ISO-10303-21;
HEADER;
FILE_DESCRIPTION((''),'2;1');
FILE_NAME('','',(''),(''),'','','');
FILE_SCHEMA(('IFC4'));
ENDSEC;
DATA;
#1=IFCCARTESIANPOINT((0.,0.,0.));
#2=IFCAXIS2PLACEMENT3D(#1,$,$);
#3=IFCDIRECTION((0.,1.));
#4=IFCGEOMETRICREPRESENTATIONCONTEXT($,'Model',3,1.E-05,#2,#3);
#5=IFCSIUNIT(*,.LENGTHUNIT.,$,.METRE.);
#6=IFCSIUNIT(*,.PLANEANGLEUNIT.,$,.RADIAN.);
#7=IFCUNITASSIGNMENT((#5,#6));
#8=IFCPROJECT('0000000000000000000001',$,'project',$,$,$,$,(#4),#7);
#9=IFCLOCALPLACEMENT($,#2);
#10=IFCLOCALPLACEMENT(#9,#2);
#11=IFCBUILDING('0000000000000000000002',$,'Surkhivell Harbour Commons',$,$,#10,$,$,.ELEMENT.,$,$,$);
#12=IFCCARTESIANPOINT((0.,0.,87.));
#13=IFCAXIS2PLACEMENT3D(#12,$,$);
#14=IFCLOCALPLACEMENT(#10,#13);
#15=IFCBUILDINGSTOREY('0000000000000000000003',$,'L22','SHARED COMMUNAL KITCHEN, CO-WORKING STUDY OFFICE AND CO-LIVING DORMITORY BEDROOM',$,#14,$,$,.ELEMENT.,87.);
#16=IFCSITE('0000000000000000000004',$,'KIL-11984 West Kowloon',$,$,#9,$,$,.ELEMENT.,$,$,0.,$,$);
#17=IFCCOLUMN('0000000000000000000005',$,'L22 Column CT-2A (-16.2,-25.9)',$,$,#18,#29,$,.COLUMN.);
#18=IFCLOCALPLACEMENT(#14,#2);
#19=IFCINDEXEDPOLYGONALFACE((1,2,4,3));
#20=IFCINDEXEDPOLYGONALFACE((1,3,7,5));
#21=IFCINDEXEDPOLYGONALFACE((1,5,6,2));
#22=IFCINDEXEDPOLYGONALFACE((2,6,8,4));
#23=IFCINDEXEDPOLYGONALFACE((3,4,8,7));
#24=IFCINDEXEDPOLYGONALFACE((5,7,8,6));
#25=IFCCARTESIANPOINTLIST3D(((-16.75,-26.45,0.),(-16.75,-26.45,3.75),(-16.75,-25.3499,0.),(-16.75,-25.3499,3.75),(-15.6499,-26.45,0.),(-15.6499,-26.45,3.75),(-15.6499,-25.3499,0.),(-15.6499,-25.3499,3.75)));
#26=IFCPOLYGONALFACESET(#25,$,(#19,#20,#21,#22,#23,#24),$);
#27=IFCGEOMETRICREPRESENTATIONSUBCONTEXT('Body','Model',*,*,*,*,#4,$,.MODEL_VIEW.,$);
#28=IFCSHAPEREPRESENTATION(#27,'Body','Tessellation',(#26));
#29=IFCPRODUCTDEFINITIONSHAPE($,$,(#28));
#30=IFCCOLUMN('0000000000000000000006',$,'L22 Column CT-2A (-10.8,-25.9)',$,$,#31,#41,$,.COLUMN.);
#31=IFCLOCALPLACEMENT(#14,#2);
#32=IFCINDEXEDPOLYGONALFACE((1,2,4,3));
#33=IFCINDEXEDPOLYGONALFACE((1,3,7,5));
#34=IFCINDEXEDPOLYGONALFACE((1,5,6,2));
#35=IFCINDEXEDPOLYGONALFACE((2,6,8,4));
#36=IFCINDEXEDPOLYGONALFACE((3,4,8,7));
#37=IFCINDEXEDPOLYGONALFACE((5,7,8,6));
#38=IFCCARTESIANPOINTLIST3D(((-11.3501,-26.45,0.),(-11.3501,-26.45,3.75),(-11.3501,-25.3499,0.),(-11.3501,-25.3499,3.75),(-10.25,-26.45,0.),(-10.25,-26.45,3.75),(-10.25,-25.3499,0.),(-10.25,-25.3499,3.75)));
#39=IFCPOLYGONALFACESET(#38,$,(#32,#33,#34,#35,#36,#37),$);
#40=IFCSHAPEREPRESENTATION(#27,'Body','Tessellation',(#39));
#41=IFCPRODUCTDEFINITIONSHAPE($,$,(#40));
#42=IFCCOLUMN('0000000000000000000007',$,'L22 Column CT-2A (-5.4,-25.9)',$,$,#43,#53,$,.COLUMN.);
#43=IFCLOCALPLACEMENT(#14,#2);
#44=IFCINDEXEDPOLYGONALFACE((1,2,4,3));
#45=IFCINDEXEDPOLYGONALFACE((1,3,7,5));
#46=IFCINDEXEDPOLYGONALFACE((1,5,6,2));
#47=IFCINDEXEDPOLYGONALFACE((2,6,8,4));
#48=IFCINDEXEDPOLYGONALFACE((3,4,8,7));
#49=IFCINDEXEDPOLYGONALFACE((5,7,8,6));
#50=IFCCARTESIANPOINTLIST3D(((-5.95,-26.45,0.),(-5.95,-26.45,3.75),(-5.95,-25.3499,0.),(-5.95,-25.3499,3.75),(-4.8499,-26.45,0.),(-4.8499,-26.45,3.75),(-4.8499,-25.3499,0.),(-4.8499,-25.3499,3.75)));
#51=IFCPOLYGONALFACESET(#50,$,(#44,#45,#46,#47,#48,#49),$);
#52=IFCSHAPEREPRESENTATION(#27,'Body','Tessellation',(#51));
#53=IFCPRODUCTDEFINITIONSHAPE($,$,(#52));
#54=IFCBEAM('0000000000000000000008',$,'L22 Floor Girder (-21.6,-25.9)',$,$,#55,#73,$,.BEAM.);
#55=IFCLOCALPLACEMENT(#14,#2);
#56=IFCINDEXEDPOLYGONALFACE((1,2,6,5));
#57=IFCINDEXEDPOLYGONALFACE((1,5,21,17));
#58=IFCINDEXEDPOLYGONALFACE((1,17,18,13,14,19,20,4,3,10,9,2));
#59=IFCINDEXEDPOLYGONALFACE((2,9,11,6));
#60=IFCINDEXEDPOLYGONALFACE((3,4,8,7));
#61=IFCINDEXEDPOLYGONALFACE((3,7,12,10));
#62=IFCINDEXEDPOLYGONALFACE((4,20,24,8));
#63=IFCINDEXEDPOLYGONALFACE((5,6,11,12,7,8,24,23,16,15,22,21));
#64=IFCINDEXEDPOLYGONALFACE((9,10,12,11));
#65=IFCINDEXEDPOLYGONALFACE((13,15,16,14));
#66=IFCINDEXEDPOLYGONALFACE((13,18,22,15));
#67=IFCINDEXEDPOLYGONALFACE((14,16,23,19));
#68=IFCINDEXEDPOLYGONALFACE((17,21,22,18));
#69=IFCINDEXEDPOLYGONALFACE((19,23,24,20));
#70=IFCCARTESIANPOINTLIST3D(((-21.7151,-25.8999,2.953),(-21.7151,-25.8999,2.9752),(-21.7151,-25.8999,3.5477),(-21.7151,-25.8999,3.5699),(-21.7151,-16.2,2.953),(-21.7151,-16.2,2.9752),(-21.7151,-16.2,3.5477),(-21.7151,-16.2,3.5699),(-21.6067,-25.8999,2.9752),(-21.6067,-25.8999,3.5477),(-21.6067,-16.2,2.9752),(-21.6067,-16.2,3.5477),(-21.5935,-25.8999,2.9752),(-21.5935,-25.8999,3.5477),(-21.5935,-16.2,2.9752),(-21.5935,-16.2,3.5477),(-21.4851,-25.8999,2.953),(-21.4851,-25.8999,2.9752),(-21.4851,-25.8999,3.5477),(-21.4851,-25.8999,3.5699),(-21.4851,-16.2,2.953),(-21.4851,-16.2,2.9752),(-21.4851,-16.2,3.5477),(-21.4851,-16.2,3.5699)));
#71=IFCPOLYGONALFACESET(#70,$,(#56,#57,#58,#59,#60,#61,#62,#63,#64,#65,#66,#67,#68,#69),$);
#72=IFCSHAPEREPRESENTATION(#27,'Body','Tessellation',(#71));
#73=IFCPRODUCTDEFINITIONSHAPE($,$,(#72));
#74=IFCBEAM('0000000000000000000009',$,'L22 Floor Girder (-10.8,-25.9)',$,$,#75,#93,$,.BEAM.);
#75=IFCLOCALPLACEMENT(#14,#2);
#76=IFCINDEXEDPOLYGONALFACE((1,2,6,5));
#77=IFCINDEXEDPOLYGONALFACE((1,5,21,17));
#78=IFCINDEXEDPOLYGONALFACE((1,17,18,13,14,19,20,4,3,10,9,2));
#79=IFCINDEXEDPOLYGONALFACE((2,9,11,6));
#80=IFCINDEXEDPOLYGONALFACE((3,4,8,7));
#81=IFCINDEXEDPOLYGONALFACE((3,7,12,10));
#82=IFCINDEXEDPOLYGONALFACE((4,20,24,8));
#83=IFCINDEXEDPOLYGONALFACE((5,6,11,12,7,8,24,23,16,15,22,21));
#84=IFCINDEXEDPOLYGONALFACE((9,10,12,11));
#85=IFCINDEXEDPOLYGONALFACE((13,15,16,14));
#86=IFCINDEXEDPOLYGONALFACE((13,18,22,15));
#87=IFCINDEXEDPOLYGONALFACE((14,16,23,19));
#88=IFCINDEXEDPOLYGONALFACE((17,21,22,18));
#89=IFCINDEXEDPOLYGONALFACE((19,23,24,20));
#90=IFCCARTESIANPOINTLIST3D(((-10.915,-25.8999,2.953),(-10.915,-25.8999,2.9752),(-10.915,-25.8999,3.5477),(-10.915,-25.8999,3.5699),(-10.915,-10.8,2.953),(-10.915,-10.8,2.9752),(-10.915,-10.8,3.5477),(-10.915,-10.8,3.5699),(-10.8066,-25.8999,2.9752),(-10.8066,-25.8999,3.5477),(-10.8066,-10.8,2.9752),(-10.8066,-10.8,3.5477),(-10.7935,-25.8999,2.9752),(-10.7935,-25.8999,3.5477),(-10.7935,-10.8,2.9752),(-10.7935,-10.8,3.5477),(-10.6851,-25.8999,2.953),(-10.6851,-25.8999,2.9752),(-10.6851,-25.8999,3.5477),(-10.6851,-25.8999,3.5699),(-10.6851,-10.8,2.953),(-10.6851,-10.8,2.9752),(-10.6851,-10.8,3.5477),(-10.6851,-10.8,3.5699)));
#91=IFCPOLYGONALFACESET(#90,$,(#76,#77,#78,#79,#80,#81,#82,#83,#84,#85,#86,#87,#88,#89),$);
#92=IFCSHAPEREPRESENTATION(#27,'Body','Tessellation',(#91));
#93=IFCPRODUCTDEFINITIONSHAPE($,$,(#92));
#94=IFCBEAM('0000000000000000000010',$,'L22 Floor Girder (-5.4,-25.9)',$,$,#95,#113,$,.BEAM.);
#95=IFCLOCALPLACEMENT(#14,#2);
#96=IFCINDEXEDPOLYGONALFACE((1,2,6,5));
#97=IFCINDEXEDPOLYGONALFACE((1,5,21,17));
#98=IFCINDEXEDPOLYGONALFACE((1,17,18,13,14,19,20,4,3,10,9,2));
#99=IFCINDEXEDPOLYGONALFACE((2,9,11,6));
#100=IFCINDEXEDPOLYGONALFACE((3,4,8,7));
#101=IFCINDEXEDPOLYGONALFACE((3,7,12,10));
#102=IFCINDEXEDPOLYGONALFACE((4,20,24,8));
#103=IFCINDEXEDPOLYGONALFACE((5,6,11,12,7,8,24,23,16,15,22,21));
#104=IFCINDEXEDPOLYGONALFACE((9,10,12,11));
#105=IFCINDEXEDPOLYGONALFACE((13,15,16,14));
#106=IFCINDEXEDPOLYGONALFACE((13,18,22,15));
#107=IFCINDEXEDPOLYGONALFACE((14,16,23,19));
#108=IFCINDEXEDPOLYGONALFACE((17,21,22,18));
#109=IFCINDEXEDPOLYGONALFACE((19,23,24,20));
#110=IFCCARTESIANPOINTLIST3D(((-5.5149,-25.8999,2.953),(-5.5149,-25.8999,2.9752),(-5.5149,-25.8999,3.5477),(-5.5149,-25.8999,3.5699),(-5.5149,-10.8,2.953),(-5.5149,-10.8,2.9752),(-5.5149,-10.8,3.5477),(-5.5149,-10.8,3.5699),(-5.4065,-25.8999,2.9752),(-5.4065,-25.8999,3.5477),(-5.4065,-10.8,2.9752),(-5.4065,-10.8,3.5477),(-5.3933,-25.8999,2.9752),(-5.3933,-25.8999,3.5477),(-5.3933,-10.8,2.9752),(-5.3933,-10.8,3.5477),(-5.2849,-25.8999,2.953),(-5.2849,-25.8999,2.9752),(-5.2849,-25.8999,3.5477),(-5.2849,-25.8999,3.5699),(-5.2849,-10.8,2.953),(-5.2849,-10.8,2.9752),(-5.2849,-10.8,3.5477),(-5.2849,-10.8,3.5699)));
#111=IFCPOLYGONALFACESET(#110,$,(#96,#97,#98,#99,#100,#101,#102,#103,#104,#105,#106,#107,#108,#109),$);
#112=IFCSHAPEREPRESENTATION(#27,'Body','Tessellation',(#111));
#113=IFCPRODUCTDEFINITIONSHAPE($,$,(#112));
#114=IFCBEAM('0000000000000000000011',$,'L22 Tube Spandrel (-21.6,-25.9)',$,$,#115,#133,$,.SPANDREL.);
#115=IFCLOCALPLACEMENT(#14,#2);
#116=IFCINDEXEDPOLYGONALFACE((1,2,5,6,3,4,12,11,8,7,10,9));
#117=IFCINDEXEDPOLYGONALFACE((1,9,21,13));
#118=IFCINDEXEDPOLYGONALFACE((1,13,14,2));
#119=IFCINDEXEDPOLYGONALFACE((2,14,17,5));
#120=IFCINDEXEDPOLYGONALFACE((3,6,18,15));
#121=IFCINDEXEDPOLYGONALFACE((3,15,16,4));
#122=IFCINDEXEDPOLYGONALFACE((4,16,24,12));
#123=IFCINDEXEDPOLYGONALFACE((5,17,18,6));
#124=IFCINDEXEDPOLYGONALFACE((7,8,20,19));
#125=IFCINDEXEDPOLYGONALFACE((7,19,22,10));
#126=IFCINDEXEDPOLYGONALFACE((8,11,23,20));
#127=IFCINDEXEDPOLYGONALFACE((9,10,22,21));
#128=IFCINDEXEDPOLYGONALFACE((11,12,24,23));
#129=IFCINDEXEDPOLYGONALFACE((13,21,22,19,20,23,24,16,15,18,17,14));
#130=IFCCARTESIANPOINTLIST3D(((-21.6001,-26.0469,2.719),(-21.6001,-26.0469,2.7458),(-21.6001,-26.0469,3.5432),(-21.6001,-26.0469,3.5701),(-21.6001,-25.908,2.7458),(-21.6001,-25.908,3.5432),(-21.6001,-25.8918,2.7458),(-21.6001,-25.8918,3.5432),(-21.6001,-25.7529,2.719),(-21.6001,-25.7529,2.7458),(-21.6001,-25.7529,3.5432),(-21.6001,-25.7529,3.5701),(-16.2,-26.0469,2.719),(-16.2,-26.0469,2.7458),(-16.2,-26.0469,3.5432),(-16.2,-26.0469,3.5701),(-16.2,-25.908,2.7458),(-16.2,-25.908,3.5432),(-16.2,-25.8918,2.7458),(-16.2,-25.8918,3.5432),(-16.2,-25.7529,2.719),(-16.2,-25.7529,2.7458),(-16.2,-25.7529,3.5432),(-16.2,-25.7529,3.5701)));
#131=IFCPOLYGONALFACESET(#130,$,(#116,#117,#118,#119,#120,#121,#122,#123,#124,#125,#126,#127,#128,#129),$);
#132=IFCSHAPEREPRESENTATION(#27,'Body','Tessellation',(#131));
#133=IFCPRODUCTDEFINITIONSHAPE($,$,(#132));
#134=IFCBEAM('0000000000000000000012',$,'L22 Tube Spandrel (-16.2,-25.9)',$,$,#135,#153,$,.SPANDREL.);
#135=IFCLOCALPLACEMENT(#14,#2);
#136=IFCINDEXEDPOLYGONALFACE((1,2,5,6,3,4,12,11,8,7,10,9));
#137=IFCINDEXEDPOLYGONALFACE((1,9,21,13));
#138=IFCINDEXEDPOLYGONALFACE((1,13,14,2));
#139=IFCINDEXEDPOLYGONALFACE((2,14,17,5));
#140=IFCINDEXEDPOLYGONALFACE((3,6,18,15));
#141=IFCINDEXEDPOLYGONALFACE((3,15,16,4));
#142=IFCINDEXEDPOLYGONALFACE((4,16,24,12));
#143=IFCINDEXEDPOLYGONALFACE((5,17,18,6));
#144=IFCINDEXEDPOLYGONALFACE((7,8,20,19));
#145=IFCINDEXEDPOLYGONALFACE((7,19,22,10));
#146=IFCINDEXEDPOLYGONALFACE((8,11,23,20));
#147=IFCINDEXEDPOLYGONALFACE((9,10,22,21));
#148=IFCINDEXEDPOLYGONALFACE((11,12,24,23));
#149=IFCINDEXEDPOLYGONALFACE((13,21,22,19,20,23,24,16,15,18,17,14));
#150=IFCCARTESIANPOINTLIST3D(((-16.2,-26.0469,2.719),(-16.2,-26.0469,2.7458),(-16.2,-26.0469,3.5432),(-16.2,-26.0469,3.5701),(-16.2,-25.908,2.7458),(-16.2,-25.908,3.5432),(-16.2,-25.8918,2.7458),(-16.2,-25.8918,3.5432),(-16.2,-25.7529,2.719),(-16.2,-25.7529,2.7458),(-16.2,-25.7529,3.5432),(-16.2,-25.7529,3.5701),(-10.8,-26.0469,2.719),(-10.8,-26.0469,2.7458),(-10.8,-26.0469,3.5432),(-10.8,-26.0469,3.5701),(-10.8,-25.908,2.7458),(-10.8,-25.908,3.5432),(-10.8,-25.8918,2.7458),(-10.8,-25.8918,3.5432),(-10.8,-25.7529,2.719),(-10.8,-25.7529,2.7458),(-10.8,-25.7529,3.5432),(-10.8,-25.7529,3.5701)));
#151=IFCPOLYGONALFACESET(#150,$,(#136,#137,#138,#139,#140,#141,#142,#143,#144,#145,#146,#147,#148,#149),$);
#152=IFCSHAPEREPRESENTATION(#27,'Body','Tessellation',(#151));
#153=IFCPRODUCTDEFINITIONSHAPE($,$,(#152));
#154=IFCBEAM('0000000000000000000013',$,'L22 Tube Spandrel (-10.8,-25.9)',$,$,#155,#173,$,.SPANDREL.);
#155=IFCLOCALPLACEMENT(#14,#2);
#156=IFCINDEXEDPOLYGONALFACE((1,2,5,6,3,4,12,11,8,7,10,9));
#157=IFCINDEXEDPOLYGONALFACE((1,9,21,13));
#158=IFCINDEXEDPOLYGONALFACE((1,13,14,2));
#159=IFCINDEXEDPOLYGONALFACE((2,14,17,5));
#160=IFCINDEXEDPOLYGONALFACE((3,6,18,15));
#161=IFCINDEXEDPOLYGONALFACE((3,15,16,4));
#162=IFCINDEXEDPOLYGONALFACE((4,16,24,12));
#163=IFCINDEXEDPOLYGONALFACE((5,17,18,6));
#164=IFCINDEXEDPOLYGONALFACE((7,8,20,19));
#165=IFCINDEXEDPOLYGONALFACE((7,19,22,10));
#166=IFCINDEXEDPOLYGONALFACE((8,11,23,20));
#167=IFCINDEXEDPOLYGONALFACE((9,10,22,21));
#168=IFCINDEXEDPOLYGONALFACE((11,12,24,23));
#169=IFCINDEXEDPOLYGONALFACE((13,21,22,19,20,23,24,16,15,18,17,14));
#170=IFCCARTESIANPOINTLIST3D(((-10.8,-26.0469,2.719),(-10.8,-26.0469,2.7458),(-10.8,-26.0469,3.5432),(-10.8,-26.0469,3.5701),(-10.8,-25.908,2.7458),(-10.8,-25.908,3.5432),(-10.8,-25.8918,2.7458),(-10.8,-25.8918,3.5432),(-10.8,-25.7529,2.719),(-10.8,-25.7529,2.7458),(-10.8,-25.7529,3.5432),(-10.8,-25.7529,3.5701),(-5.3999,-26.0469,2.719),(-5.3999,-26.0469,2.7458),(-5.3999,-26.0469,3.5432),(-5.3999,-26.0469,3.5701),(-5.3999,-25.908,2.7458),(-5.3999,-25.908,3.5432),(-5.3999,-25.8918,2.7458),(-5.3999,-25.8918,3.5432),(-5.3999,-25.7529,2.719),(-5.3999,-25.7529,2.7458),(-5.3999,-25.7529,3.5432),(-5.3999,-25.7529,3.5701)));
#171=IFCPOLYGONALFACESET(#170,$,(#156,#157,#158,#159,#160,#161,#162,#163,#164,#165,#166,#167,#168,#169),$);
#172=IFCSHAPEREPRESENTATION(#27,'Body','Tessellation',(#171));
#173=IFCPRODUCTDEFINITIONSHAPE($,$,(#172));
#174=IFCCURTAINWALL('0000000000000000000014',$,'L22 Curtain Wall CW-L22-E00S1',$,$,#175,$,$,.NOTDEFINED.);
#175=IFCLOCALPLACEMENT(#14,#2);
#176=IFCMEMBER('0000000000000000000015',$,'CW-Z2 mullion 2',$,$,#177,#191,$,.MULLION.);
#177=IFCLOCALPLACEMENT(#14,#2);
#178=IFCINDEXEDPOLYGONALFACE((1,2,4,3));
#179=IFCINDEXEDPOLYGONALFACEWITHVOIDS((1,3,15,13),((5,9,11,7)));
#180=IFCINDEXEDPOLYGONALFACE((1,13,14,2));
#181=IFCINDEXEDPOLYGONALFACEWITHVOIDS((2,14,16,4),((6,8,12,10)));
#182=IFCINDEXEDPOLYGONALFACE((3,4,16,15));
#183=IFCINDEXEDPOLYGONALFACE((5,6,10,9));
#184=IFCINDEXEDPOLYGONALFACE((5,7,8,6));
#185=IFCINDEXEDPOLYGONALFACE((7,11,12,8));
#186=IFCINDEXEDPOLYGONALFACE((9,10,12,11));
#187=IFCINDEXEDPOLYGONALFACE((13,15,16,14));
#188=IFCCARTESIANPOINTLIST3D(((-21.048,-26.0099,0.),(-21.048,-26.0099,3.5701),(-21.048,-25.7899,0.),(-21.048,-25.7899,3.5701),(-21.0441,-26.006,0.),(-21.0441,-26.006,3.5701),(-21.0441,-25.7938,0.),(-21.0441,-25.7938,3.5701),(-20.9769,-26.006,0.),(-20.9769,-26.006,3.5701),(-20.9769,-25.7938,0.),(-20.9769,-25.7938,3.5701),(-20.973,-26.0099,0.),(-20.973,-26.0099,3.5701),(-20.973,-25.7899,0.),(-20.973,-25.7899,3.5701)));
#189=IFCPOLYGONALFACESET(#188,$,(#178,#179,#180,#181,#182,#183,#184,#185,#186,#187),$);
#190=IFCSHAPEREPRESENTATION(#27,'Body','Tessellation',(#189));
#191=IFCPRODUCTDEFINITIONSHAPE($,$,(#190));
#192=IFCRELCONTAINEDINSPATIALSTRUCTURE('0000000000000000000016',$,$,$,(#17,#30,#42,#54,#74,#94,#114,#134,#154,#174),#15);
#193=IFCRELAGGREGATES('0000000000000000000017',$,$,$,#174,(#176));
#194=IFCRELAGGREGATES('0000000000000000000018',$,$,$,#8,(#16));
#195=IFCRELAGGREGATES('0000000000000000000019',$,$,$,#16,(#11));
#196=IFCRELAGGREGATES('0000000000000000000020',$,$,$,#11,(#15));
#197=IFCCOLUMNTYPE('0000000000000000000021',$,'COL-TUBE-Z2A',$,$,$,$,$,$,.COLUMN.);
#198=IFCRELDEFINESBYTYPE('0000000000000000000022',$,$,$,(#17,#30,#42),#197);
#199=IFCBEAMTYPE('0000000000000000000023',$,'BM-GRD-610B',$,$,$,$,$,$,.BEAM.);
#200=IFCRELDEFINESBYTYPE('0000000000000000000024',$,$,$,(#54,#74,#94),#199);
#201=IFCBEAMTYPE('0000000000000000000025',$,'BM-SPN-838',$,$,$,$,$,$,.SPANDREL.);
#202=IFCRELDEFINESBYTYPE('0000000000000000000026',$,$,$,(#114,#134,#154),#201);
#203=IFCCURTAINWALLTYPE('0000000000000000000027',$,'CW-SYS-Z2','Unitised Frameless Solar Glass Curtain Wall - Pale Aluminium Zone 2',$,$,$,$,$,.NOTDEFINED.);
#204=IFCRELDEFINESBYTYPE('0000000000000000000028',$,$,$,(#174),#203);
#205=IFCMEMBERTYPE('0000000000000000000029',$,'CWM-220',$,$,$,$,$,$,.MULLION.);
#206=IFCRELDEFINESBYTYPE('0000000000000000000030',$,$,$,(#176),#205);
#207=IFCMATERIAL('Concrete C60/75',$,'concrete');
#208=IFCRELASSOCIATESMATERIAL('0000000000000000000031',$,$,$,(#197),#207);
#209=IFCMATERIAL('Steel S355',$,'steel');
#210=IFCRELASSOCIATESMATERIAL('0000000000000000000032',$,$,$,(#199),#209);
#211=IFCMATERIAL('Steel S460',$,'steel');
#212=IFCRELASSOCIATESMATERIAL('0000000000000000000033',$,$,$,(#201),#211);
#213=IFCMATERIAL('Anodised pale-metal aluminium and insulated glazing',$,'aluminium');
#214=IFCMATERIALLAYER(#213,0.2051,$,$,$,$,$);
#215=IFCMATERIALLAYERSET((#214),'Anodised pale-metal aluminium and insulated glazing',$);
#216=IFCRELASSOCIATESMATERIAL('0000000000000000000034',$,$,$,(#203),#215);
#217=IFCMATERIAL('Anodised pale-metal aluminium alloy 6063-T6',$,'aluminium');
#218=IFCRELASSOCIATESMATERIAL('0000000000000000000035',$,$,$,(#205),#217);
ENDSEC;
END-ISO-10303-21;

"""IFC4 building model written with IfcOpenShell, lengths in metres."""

from ifc_helpers import new_model, si_unit, direction, frame, origin, origin_2d, place, context, subcontext, project, spatial, rectangle, hollow_rectangle, i_section, extrude, material, layer, layer_set, material_profile, profile_set, type_object, element, aggregate, save


model = new_model("IFC4")

# Units and contexts
model_context = context("Model", 3, precision=1e-05, world=origin(), true_north=direction((0.0, 1.0)))
body_context = subcontext(model_context, "Body", "Model", "MODEL_VIEW")
ifc_project = project(units=[si_unit("LENGTHUNIT", "METRE"), si_unit("PLANEANGLEUNIT", "RADIAN")], contexts=[model_context])

# Site, building, storey
site_placement = place(None, origin())
site = spatial("IfcSite", under=ifc_project, at=site_placement, Name="KIL-11984 West Kowloon", CompositionType="ELEMENT", RefElevation=0.0)
building_placement = place(site_placement, origin())
building = spatial("IfcBuilding", under=site, at=building_placement, Name="Surkhivell Harbour Commons", CompositionType="ELEMENT")
storey_placement = place(building_placement, frame((0.0, 0.0, 87.0)))
storey = spatial("IfcBuildingStorey", under=building, at=storey_placement, Name="L22", Description="SHARED COMMUNAL KITCHEN, CO-WORKING STUDY OFFICE AND CO-LIVING DORMITORY BEDROOM", CompositionType="ELEMENT", Elevation=87.0)

# Columns
ifc_material_1 = material(Name="Concrete C60/75", Category="concrete")
ifc_material_profile_1 = material_profile(ifc_material_1, rectangle(XDim=1.1001, YDim=1.1001, at=origin_2d()), Name="RC-COL-1100x1100")
ifc_profile_set_1 = profile_set([ifc_material_profile_1], Name="Concrete C60/75")
column_type = type_object("IfcColumnType", Name="COL-TUBE-Z2A", PredefinedType="COLUMN", material=ifc_profile_set_1)
for number, where, z_axis, x_axis, name in (
    (1, (-16.2, -25.8999, 0.0), (0.0, 0.0, 1.0), (1.0, 0.0, 0.0), "L22 Column CT-2A (-16.2,-25.9)"),
    (2, (-10.8, -25.8999, 0.0), (0.0, 0.0, 1.0), (1.0, 0.0, 0.0), "L22 Column CT-2A (-10.8,-25.9)"),
    (3, (-5.3999, -25.8999, 0.0), (0.0, 0.0, 1.0), (1.0, 0.0, 0.0), "L22 Column CT-2A (-5.4,-25.9)"),
):
    element("IfcColumn", number, at=place(storey_placement, frame(where, z_axis=z_axis, x_axis=x_axis)), inside=storey, type_object=column_type, Name=name, PredefinedType="COLUMN", context=body_context, shape_type="SweptSolid", body=[
        extrude(rectangle(XDim=1.1001, YDim=1.1001, at=origin_2d()), origin(), (0.0, 0.0, 1.0), 3.75),
    ])

# Beams
ifc_material_2 = material(Name="Steel S355", Category="steel")
ifc_material_profile_2 = material_profile(ifc_material_2, i_section(OverallWidth=0.23, OverallDepth=0.6169, WebThickness=0.0132, FlangeThickness=0.0222, at=origin_2d()), Name="UB610x229x140")
ifc_profile_set_2 = profile_set([ifc_material_profile_2], Name="Steel S355")
beam_type_1 = type_object("IfcBeamType", Name="BM-GRD-610B", PredefinedType="BEAM", material=ifc_profile_set_2)
beam_1_placement = place(storey_placement, frame((-21.6001, -25.8999, 3.2615), z_axis=(0.0, 1.0, 0.0), x_axis=(-1.0, 0.0, 0.0)))
element("IfcBeam", 4, at=beam_1_placement, inside=storey, type_object=beam_type_1, Name="L22 Floor Girder (-21.6,-25.9)", PredefinedType="BEAM", context=body_context, shape_type="SweptSolid", body=[
    extrude(i_section(OverallWidth=0.23, OverallDepth=0.6169, WebThickness=0.0132, FlangeThickness=0.0222, at=origin_2d()), origin(), (0.0, 0.0, 1.0), 9.7),
])
for number, where, z_axis, x_axis, name in (
    (5, (-10.8, -25.8999, 3.2615), (0.0, 1.0, 0.0), (-1.0, 0.0, 0.0), "L22 Floor Girder (-10.8,-25.9)"),
    (6, (-5.3999, -25.8999, 3.2615), (0.0, 1.0, 0.0), (-1.0, 0.0, 0.0), "L22 Floor Girder (-5.4,-25.9)"),
):
    element("IfcBeam", number, at=place(storey_placement, frame(where, z_axis=z_axis, x_axis=x_axis)), inside=storey, type_object=beam_type_1, Name=name, PredefinedType="BEAM", context=body_context, shape_type="SweptSolid", body=[
        extrude(i_section(OverallWidth=0.23, OverallDepth=0.6169, WebThickness=0.0132, FlangeThickness=0.0222, at=origin_2d()), origin(), (0.0, 0.0, 1.0), 15.0999),
    ])
ifc_material_3 = material(Name="Steel S460", Category="steel")
ifc_material_profile_3 = material_profile(ifc_material_3, i_section(OverallWidth=0.2939, OverallDepth=0.8511, WebThickness=0.0161, FlangeThickness=0.0269, at=origin_2d()), Name="UB838x292x226")
ifc_profile_set_3 = profile_set([ifc_material_profile_3], Name="Steel S460")
beam_type_2 = type_object("IfcBeamType", Name="BM-SPN-838", PredefinedType="SPANDREL", material=ifc_profile_set_3)
beam_2_placement = place(storey_placement, frame((-21.6001, -25.8999, 3.1445), z_axis=(1.0, 0.0, 0.0), x_axis=(0.0, 1.0, 0.0)))
element("IfcBeam", 7, at=beam_2_placement, inside=storey, type_object=beam_type_2, Name="L22 Tube Spandrel (-21.6,-25.9)", PredefinedType="SPANDREL", context=body_context, shape_type="SweptSolid", body=[
    extrude(i_section(OverallWidth=0.2939, OverallDepth=0.8511, WebThickness=0.0161, FlangeThickness=0.0269, at=origin_2d()), origin(), (0.0, 0.0, 1.0), 5.4001),
])
beam_3_placement = place(storey_placement, frame((-16.2, -25.8999, 3.1445), z_axis=(1.0, 0.0, 0.0), x_axis=(0.0, 1.0, 0.0)))
element("IfcBeam", 8, at=beam_3_placement, inside=storey, type_object=beam_type_2, Name="L22 Tube Spandrel (-16.2,-25.9)", PredefinedType="SPANDREL", context=body_context, shape_type="SweptSolid", body=[
    extrude(i_section(OverallWidth=0.2939, OverallDepth=0.8511, WebThickness=0.0161, FlangeThickness=0.0269, at=origin_2d()), origin(), (0.0, 0.0, 1.0), 5.3999),
])
beam_4_placement = place(storey_placement, frame((-10.8, -25.8999, 3.1445), z_axis=(1.0, 0.0, 0.0), x_axis=(0.0, 1.0, 0.0)))
element("IfcBeam", 9, at=beam_4_placement, inside=storey, type_object=beam_type_2, Name="L22 Tube Spandrel (-10.8,-25.9)", PredefinedType="SPANDREL", context=body_context, shape_type="SweptSolid", body=[
    extrude(i_section(OverallWidth=0.2939, OverallDepth=0.8511, WebThickness=0.0161, FlangeThickness=0.0269, at=origin_2d()), origin(), (0.0, 0.0, 1.0), 5.4001),
])

# Curtain wall, member
ifc_material_4 = material(Name="Anodised pale-metal aluminium and insulated glazing", Category="aluminium")
ifc_layer_1 = layer(ifc_material_4, 0.2051)
ifc_layer_set_1 = layer_set([ifc_layer_1], Name="Anodised pale-metal aluminium and insulated glazing")
curtain_wall_type = type_object("IfcCurtainWallType", Name="CW-SYS-Z2", Description="Unitised Frameless Solar Glass Curtain Wall - Pale Aluminium Zone 2", PredefinedType="NOTDEFINED", material=ifc_layer_set_1)
curtain_wall_placement = place(storey_placement, origin())
curtain_wall = element("IfcCurtainWall", 10, at=curtain_wall_placement, inside=storey, type_object=curtain_wall_type, Name="L22 Curtain Wall CW-L22-E00S1", PredefinedType="NOTDEFINED")
ifc_material_5 = material(Name="Anodised pale-metal aluminium alloy 6063-T6", Category="aluminium")
ifc_material_profile_4 = material_profile(ifc_material_5, hollow_rectangle(XDim=0.075, YDim=0.22, WallThickness=0.0039, at=origin_2d()), Name="ALU-MULL-75x220")
ifc_profile_set_4 = profile_set([ifc_material_profile_4], Name="Anodised pale-metal aluminium alloy 6063-T6")
member_type_1 = type_object("IfcMemberType", Name="CWM-220", PredefinedType="MULLION", material=ifc_profile_set_4)
member_1_placement = place(storey_placement, frame((-21.0105, -25.8999, 0.0), z_axis=(0.0, 0.0, 1.0), x_axis=(1.0, 0.0, 0.0)))
member_1 = element("IfcMember", 11, at=member_1_placement, type_object=member_type_1, Name="CW-Z2 mullion 2", PredefinedType="MULLION", context=body_context, shape_type="SweptSolid", body=[
    extrude(hollow_rectangle(XDim=0.075, YDim=0.22, WallThickness=0.0039, at=origin_2d()), origin(), (0.0, 0.0, 1.0), 3.5701),
])

aggregate(curtain_wall, [member_1])

save(model, "model.ifc")
